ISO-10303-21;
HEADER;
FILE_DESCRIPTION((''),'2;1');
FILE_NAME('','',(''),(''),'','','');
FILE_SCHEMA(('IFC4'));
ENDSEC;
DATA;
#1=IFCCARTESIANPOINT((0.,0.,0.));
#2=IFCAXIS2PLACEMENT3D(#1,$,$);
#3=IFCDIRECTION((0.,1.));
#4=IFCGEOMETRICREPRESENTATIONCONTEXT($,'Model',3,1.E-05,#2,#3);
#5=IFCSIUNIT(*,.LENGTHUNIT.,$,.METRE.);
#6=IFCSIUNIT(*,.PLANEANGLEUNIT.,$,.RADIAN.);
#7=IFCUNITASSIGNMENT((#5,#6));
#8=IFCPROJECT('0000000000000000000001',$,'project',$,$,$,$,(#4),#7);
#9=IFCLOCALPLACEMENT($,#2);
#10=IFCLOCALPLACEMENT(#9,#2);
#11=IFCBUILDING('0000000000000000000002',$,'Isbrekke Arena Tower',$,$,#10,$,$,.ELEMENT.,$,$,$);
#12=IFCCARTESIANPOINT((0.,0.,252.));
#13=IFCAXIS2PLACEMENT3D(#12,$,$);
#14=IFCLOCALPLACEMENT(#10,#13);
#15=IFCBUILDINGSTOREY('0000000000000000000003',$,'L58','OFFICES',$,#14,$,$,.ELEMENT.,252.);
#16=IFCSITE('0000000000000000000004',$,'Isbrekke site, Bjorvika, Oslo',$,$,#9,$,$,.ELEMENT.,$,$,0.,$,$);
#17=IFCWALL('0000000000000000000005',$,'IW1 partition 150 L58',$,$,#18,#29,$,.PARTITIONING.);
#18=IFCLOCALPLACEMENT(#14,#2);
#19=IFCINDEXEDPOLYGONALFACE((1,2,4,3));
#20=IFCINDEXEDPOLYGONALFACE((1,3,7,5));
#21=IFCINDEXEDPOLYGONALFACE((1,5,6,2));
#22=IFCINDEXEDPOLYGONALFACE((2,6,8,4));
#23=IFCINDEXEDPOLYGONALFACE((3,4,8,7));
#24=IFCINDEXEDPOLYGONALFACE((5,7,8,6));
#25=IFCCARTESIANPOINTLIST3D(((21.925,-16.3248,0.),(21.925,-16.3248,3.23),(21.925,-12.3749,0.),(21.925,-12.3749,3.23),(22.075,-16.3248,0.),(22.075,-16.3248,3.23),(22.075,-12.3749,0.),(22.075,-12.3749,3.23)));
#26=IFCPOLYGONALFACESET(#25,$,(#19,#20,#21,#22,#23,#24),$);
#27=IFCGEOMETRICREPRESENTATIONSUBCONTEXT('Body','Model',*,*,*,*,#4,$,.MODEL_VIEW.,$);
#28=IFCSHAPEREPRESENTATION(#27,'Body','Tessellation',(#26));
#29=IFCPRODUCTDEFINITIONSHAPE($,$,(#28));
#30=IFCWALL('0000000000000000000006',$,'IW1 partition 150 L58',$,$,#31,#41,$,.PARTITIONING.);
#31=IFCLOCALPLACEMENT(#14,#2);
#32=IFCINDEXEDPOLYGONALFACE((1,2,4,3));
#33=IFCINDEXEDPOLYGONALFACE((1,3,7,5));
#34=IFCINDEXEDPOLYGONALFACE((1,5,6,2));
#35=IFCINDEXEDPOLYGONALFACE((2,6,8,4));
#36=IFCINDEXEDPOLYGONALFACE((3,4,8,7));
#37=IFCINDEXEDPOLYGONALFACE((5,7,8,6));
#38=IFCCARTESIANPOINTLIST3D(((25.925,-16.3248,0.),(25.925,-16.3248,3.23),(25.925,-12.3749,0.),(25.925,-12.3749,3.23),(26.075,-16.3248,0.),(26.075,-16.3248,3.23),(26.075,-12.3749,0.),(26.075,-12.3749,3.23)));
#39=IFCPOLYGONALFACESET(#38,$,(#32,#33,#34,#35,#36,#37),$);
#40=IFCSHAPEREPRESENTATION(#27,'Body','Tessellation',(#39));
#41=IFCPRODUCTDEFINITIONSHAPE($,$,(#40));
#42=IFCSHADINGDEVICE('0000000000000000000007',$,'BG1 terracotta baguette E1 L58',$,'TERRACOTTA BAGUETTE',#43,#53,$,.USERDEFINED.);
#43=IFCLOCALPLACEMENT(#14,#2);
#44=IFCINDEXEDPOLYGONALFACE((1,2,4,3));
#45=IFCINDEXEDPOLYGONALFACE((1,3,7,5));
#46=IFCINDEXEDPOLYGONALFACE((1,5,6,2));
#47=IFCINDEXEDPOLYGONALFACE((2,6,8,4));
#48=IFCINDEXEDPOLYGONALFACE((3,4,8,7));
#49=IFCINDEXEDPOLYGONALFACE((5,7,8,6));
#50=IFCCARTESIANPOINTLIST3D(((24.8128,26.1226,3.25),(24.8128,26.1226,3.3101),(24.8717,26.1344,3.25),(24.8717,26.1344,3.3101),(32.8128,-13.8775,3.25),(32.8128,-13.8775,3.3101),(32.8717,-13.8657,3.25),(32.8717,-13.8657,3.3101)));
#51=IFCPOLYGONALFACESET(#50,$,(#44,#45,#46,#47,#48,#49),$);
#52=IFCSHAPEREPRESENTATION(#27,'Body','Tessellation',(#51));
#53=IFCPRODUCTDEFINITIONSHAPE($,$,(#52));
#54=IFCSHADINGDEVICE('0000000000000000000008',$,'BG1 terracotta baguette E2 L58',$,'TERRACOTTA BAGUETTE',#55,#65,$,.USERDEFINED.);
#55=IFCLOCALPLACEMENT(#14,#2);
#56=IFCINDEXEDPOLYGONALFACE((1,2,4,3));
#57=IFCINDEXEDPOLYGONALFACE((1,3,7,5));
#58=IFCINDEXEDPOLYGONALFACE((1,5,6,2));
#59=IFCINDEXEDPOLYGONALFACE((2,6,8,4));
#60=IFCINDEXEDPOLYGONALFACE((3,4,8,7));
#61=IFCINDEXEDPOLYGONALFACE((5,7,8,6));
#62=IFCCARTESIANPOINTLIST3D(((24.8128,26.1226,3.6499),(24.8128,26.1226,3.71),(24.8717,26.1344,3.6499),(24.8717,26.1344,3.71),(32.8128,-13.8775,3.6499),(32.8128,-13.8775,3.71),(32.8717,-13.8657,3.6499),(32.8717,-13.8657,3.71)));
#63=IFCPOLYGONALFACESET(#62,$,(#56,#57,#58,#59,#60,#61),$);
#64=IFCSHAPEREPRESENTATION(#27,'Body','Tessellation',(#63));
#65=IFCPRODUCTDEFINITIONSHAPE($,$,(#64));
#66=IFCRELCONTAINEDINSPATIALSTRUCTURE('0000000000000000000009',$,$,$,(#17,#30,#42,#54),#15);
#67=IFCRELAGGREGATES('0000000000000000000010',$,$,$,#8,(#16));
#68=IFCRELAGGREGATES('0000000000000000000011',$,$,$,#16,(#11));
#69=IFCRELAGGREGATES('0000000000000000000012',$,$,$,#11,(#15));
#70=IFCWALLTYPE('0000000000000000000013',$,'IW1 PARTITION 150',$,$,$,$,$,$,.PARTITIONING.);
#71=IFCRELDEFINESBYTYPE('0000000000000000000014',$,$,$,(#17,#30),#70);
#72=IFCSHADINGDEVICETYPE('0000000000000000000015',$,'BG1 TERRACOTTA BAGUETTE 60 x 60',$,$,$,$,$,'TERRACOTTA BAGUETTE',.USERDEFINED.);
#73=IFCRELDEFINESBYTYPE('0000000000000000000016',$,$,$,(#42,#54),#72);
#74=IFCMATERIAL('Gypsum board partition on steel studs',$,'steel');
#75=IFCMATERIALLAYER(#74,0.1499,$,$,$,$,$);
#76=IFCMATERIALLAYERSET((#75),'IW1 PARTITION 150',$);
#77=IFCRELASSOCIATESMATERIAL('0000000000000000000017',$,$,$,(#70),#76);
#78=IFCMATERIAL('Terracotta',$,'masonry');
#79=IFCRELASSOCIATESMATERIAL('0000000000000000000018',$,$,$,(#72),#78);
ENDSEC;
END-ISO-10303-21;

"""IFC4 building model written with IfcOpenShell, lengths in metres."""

from ifc_helpers import new_model, si_unit, direction, frame, frame_2d, origin, origin_2d, place, context, subcontext, project, spatial, rectangle, extrude, material, layer, layer_set, material_profile, profile_set, type_object, element, save


model = new_model("IFC4")

# Units and contexts
model_context = context("Model", 3, precision=1e-05, world=origin(), true_north=direction((0.0, 1.0)))
body_context = subcontext(model_context, "Body", "Model", "MODEL_VIEW")
ifc_project = project(units=[si_unit("LENGTHUNIT", "METRE"), si_unit("PLANEANGLEUNIT", "RADIAN")], contexts=[model_context])

# Site, building, storey
site_placement = place(None, origin())
site = spatial("IfcSite", under=ifc_project, at=site_placement, Name="Isbrekke site, Bjorvika, Oslo", CompositionType="ELEMENT", RefElevation=0.0)
building_placement = place(site_placement, origin())
building = spatial("IfcBuilding", under=site, at=building_placement, Name="Isbrekke Arena Tower", CompositionType="ELEMENT")
storey_placement = place(building_placement, frame((0.0, 0.0, 252.0)))
storey = spatial("IfcBuildingStorey", under=building, at=storey_placement, Name="L58", Description="OFFICES", CompositionType="ELEMENT", Elevation=252.0)

# Walls
ifc_material_1 = material(Name="Gypsum board partition on steel studs", Category="steel")
ifc_layer_1 = layer(ifc_material_1, 0.1499)
ifc_layer_set_1 = layer_set([ifc_layer_1], Name="IW1 PARTITION 150")
wall_type = type_object("IfcWallType", Name="IW1 PARTITION 150", PredefinedType="PARTITIONING", material=ifc_layer_set_1)
for number, where, z_axis, x_axis, name in (
    (1, (22.0, -16.325, 0.0), (0.0, 0.0, 1.0), (0.0, 1.0, 0.0), "IW1 partition 150 L58"),
    (2, (26.0, -16.325, 0.0), (0.0, 0.0, 1.0), (0.0, 1.0, 0.0), "IW1 partition 150 L58"),
):
    element("IfcWall", number, at=place(storey_placement, frame(where, z_axis=z_axis, x_axis=x_axis)), inside=storey, type_object=wall_type, Name=name, PredefinedType="PARTITIONING", context=body_context, shape_type="SweptSolid", body=[
        extrude(rectangle(XDim=3.95, YDim=0.1499, at=frame_2d((1.9751, 0.0))), origin(), (0.0, 0.0, 1.0), 3.23),
    ])

# Shading devices
ifc_material_2 = material(Name="Terracotta", Category="masonry")
ifc_material_profile_1 = material_profile(ifc_material_2, rectangle(XDim=0.0601, YDim=0.0601, at=origin_2d()), Name="BAGUETTE 60X60")
ifc_profile_set_1 = profile_set([ifc_material_profile_1], Name="Terracotta")
shading_device_type = type_object("IfcShadingDeviceType", Name="BG1 TERRACOTTA BAGUETTE 60 x 60", ElementType="TERRACOTTA BAGUETTE", PredefinedType="USERDEFINED", material=ifc_profile_set_1)
for number, where, z_axis, x_axis, name in (
    (3, (32.8423, -13.8716, 3.28), (-0.196116, 0.980581, 0.0), (-0.980581, -0.196116, 0.0), "BG1 terracotta baguette E1 L58"),
    (4, (32.8423, -13.8716, 3.6799), (-0.196116, 0.980581, 0.0), (-0.980581, -0.196116, 0.0), "BG1 terracotta baguette E2 L58"),
):
    element("IfcShadingDevice", number, at=place(storey_placement, frame(where, z_axis=z_axis, x_axis=x_axis)), inside=storey, type_object=shading_device_type, Name=name, ObjectType="TERRACOTTA BAGUETTE", PredefinedType="USERDEFINED", context=body_context, shape_type="SweptSolid", body=[
        extrude(rectangle(XDim=0.0601, YDim=0.0601, at=origin_2d()), origin(), (0.0, 0.0, 1.0), 40.7922),
    ])

save(model, "model.ifc")
